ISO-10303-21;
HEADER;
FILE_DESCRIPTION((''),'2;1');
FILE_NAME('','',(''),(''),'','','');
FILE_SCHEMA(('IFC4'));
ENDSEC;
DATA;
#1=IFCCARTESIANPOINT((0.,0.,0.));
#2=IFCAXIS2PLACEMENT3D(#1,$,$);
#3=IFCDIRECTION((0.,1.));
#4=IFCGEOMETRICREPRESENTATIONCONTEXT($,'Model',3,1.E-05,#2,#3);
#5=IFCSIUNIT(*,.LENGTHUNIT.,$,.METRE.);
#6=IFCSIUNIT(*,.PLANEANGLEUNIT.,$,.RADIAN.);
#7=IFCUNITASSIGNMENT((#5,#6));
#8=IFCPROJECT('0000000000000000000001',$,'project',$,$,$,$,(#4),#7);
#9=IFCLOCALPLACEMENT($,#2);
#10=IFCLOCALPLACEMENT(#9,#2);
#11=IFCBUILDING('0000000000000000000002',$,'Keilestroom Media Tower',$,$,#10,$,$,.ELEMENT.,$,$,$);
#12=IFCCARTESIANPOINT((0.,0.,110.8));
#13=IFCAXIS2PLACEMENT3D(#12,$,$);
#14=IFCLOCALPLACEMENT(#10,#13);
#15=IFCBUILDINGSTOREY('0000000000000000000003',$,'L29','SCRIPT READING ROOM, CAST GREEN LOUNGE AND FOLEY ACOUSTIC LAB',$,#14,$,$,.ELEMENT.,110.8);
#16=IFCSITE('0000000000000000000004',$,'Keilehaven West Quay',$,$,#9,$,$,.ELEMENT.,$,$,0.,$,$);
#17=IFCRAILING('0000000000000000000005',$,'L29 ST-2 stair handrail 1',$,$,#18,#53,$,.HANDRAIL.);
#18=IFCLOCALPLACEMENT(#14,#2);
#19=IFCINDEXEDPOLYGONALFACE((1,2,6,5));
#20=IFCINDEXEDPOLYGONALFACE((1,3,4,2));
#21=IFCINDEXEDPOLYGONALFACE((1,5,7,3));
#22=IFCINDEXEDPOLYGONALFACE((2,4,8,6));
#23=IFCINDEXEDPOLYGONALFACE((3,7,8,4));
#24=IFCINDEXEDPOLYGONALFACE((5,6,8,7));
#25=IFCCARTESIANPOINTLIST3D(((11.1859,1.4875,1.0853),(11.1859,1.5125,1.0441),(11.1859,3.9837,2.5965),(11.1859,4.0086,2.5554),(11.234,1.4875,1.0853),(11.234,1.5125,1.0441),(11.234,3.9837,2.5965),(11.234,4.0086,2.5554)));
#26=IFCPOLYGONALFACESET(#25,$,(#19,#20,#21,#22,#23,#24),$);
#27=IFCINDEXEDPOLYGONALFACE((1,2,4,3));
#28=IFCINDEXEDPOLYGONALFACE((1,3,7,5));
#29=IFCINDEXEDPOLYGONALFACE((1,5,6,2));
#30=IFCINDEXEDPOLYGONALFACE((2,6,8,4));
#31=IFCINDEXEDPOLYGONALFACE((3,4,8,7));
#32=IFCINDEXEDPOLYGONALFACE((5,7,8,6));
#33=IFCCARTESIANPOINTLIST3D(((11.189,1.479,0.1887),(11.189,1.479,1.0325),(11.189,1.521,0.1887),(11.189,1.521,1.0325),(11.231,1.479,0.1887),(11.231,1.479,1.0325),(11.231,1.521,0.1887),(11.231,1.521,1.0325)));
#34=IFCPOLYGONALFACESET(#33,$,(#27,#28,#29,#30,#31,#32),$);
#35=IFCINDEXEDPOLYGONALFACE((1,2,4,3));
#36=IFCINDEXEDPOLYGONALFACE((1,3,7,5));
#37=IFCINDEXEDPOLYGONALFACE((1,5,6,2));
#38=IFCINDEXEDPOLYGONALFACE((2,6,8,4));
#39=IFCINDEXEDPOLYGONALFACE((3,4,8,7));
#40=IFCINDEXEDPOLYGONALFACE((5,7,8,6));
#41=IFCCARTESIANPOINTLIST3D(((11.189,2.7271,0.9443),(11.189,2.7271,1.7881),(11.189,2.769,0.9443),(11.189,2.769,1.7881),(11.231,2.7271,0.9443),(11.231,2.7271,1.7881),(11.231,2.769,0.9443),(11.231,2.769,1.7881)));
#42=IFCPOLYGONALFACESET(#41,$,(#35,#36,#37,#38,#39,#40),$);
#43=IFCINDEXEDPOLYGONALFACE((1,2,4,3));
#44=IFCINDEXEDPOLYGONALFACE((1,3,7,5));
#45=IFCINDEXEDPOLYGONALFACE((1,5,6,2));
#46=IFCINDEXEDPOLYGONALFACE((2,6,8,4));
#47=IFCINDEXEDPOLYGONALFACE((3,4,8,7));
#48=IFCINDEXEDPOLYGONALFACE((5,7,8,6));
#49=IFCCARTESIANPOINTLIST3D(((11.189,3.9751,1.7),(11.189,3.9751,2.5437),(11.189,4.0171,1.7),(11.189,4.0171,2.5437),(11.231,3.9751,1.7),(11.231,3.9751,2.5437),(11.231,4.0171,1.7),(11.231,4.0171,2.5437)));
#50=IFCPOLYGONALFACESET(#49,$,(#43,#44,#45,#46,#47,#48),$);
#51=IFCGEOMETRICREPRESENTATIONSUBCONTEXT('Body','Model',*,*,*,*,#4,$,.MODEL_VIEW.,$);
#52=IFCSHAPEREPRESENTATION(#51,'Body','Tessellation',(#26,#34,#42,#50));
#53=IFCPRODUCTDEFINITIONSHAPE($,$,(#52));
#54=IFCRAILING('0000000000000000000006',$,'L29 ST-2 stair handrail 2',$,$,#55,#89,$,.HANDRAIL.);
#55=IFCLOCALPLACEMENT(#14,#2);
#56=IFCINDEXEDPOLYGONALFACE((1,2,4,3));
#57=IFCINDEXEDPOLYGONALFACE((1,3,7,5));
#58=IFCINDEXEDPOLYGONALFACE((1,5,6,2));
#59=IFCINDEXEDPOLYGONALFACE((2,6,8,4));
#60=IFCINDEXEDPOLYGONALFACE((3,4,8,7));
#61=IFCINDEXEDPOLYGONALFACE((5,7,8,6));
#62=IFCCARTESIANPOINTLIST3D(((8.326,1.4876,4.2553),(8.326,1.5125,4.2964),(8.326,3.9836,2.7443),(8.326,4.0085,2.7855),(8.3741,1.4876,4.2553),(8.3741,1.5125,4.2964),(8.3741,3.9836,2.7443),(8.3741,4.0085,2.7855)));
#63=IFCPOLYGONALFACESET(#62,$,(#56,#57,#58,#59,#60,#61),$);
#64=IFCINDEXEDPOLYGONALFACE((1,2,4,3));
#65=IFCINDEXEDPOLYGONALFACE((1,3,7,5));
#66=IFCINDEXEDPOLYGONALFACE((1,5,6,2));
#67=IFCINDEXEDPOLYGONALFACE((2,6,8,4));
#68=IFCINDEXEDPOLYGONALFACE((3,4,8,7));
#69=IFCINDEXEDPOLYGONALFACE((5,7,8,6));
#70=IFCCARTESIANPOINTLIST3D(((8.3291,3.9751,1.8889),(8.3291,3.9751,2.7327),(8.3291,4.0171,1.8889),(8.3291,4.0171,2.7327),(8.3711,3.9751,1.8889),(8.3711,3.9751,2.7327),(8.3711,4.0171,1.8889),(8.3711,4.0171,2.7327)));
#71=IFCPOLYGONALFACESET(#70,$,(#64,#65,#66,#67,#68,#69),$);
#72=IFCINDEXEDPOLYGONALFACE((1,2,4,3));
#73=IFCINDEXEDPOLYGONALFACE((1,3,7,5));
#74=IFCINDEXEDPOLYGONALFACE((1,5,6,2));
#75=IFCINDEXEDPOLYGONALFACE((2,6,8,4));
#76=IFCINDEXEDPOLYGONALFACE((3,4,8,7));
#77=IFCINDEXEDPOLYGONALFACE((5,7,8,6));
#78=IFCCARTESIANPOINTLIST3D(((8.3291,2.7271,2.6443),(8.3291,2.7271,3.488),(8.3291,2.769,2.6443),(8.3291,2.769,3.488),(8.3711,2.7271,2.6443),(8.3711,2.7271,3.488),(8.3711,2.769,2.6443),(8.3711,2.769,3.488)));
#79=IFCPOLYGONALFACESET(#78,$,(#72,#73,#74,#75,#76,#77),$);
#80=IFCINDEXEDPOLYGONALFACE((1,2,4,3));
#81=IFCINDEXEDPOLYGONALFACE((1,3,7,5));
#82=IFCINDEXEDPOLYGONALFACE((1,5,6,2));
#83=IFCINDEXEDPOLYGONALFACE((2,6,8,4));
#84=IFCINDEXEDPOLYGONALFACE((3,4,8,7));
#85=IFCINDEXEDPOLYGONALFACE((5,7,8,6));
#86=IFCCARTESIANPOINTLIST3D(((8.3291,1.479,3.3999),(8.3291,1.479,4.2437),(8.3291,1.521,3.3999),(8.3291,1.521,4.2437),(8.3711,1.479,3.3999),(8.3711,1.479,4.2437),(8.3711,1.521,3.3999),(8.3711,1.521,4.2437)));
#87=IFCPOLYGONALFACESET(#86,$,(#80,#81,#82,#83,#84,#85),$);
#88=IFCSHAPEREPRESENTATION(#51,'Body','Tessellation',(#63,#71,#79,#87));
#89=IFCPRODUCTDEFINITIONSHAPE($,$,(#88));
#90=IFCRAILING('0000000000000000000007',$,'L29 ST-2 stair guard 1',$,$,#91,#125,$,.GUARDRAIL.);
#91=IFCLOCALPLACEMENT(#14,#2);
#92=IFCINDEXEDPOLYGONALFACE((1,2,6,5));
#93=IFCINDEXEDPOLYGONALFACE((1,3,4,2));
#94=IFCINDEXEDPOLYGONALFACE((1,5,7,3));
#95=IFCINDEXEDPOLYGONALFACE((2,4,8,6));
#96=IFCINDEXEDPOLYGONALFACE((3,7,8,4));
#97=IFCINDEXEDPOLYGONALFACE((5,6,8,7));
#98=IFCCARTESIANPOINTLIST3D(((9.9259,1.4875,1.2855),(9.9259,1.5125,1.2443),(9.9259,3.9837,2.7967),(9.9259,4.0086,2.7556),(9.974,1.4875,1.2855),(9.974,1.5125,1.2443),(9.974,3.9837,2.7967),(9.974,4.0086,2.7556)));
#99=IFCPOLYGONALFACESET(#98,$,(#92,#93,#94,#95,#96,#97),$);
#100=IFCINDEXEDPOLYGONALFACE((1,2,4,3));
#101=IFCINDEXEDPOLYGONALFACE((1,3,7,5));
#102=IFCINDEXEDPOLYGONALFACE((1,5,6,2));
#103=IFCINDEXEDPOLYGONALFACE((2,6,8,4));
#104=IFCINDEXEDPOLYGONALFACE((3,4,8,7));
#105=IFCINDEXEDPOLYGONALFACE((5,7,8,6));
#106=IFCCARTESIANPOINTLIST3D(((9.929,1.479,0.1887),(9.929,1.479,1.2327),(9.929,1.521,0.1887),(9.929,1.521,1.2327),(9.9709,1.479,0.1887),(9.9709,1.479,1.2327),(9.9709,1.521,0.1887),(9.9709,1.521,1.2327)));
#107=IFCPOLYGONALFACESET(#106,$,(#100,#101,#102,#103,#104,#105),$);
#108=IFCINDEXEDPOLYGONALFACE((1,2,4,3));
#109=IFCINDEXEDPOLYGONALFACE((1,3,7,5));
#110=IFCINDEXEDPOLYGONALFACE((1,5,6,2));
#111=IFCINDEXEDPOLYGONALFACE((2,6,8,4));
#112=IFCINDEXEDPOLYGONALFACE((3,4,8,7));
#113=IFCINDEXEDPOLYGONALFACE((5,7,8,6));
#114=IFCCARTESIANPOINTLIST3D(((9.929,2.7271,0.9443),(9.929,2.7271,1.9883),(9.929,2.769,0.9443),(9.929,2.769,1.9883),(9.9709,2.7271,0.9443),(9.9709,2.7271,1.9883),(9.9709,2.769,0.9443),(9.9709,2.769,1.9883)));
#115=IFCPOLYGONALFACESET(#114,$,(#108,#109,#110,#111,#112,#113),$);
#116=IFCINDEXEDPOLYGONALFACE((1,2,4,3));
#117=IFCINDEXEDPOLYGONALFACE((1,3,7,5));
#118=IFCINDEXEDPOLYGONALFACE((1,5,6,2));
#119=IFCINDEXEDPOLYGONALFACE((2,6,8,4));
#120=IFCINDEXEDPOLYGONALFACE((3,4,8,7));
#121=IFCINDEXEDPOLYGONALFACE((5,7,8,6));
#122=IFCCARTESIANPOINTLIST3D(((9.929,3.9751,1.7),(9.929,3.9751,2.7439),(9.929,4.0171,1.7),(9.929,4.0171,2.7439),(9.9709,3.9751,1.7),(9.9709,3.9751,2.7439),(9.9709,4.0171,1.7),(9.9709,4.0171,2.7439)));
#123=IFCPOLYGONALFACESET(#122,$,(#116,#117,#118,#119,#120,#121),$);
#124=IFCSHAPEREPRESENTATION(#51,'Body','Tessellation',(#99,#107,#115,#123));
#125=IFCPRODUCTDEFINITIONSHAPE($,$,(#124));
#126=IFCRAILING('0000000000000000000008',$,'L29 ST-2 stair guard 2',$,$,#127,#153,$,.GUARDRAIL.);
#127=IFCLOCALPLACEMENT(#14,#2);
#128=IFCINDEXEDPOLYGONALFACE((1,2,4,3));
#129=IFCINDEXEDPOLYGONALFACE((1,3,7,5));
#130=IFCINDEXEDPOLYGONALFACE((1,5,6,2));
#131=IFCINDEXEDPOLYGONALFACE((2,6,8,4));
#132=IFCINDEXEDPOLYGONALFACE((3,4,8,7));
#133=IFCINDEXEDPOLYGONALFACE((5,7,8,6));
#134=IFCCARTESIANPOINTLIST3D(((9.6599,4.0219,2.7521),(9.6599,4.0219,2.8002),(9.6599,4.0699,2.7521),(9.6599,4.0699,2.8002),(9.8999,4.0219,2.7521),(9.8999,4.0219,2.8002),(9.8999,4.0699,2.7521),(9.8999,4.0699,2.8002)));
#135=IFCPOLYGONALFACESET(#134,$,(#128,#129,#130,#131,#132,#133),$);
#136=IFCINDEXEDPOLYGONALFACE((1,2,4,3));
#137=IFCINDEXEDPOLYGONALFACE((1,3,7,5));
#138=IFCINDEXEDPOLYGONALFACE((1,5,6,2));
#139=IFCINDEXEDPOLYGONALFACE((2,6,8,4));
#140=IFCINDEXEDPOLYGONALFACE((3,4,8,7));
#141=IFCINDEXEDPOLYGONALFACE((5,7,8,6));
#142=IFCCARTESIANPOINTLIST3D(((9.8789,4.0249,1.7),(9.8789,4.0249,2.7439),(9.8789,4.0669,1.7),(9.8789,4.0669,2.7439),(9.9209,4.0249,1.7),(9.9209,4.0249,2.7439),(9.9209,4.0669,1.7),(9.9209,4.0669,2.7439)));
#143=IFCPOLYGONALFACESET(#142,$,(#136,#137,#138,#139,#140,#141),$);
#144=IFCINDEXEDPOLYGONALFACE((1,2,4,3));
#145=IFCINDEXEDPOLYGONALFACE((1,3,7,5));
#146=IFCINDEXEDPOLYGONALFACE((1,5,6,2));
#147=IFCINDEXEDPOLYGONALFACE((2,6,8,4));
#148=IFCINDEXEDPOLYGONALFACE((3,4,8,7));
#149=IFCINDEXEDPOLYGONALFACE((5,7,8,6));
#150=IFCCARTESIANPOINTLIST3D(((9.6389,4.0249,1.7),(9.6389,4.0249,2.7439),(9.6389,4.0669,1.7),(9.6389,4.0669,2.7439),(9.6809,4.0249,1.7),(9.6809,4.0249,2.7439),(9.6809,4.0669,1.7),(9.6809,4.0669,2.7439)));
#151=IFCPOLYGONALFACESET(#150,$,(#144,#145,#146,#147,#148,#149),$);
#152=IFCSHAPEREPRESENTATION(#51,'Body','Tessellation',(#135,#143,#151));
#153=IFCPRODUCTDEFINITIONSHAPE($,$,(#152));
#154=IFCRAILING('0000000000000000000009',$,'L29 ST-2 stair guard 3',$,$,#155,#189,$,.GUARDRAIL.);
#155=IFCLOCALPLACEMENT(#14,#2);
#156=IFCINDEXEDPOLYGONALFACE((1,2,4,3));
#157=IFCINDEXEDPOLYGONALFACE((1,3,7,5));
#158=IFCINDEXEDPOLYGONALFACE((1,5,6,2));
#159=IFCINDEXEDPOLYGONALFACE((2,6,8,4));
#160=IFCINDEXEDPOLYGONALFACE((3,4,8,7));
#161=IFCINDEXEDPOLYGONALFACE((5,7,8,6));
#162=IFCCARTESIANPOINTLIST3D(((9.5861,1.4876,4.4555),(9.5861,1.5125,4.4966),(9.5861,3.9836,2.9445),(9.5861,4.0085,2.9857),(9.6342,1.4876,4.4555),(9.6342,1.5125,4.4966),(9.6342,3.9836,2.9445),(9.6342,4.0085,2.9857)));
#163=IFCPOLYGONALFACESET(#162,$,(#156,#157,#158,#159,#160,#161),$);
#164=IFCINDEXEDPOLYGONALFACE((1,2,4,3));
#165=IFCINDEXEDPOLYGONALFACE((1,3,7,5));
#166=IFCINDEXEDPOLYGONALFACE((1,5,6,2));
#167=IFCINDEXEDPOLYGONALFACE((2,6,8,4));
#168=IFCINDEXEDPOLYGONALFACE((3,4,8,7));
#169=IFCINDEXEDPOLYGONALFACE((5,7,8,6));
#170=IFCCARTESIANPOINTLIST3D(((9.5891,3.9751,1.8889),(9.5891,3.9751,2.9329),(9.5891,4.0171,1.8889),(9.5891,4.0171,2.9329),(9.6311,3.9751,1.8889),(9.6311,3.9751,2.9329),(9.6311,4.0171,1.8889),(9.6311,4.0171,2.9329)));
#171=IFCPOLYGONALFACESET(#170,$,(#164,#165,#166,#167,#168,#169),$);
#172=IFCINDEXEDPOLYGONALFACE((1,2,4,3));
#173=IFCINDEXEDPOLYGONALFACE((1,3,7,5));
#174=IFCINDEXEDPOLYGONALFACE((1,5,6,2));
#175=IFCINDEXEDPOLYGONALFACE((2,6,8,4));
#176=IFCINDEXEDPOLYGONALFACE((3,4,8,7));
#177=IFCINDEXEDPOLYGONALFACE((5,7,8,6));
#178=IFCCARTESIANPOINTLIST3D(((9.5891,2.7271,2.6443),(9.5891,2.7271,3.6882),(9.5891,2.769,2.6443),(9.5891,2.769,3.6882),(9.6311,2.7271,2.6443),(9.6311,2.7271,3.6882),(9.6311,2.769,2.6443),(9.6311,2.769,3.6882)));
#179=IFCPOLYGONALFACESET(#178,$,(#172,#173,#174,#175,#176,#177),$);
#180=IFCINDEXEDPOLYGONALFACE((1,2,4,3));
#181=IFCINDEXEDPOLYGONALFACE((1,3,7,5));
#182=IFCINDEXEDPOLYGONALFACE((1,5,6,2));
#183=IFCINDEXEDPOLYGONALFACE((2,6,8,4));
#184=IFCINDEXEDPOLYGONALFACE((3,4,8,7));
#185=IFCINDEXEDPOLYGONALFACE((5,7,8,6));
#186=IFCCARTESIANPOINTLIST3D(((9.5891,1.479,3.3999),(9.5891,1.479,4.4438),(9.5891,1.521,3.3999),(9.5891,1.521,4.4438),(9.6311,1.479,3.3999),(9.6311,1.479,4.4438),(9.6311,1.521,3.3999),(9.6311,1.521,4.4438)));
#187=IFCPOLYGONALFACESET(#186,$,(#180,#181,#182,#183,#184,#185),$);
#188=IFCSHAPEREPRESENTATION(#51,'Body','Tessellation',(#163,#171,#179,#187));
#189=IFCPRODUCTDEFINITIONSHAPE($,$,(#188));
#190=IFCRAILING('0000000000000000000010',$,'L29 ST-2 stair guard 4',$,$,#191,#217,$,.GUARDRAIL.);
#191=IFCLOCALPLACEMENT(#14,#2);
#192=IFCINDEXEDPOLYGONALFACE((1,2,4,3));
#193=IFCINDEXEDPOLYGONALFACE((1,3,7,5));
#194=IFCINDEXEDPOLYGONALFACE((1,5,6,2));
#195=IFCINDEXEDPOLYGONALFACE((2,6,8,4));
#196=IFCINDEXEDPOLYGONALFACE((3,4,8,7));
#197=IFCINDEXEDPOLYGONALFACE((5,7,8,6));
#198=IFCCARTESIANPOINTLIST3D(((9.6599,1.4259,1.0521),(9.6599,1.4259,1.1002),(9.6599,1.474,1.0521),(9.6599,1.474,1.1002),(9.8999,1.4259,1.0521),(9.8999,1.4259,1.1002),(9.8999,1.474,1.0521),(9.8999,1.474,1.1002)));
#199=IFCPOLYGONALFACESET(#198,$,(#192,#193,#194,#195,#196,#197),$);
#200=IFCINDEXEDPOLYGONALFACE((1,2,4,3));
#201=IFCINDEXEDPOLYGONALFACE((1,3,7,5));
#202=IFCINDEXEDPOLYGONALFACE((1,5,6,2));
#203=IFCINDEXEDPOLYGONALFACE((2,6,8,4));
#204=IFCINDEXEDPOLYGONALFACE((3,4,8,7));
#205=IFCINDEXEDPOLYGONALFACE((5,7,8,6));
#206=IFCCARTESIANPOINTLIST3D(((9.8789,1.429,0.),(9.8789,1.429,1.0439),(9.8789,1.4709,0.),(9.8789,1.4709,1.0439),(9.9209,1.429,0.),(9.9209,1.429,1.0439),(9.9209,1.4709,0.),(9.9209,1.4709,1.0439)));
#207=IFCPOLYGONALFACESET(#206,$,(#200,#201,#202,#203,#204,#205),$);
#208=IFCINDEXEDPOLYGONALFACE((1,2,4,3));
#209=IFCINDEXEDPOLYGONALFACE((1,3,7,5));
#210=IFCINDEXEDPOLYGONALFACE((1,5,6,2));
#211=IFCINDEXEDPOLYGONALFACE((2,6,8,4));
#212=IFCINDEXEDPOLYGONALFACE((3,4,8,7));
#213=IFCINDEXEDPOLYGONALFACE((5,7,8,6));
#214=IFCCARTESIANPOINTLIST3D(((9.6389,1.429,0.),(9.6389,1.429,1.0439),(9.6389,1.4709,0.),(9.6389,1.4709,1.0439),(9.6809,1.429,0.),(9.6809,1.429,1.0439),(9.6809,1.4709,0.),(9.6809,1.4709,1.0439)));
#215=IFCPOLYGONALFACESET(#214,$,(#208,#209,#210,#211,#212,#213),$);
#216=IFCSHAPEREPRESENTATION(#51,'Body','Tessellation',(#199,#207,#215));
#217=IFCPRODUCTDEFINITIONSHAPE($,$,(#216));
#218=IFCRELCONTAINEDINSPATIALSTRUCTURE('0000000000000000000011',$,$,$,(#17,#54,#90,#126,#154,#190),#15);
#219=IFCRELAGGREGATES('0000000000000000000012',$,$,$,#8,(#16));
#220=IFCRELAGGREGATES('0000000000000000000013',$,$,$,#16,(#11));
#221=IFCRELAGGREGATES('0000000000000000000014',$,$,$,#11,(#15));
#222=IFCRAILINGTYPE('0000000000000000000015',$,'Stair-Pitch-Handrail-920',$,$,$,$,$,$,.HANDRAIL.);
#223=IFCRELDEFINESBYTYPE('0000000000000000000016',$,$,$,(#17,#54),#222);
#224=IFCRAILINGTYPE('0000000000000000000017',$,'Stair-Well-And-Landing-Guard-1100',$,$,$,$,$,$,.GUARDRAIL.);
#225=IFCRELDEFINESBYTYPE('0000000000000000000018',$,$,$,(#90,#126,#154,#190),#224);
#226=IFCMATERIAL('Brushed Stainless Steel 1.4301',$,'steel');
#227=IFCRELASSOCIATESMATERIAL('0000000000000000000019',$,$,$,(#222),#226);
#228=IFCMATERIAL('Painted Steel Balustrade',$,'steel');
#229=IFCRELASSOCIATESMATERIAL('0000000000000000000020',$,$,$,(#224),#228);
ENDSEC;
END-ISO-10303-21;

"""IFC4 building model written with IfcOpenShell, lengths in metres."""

from ifc_helpers import new_model, si_unit, direction, frame, origin, origin_2d, place, context, subcontext, project, spatial, rectangle, extrude, material, type_object, element, save


model = new_model("IFC4")

# Units and contexts
model_context = context("Model", 3, precision=1e-05, world=origin(), true_north=direction((0.0, 1.0)))
body_context = subcontext(model_context, "Body", "Model", "MODEL_VIEW")
ifc_project = project(units=[si_unit("LENGTHUNIT", "METRE"), si_unit("PLANEANGLEUNIT", "RADIAN")], contexts=[model_context])

# Site, building, storey
site_placement = place(None, origin())
site = spatial("IfcSite", under=ifc_project, at=site_placement, Name="Keilehaven West Quay", CompositionType="ELEMENT", RefElevation=0.0)
building_placement = place(site_placement, origin())
building = spatial("IfcBuilding", under=site, at=building_placement, Name="Keilestroom Media Tower", CompositionType="ELEMENT")
storey_placement = place(building_placement, frame((0.0, 0.0, 110.8)))
storey = spatial("IfcBuildingStorey", under=building, at=storey_placement, Name="L29", Description="SCRIPT READING ROOM, CAST GREEN LOUNGE AND FOLEY ACOUSTIC LAB", CompositionType="ELEMENT", Elevation=110.8)

# Railings
ifc_material_1 = material(Name="Brushed Stainless Steel 1.4301", Category="steel")
railing_type_1 = type_object("IfcRailingType", Name="Stair-Pitch-Handrail-920", PredefinedType="HANDRAIL", material=ifc_material_1)
railing_1_placement = place(storey_placement, frame((11.21, 1.5, 0.1887)))
element("IfcRailing", 1, at=railing_1_placement, inside=storey, type_object=railing_type_1, Name="L29 ST-2 stair handrail 1", PredefinedType="HANDRAIL", context=body_context, shape_type="SweptSolid", body=[
    extrude(rectangle(XDim=0.0481, YDim=0.0481, at=origin_2d()), frame((0.0, 0.0, 0.876), z_axis=(0.0, 0.855434, 0.517912), x_axis=(-1.0, 0.0, 0.0)), (0.0, 0.0, 1.0), 2.918),
    extrude(rectangle(XDim=0.042, YDim=0.042, at=origin_2d()), origin(), (0.0, 0.0, 1.0), 0.8438),
    extrude(rectangle(XDim=0.042, YDim=0.042, at=origin_2d()), frame((0.0, 1.248, 0.7556)), (0.0, 0.0, 1.0), 0.8438),
    extrude(rectangle(XDim=0.042, YDim=0.042, at=origin_2d()), frame((0.0, 2.4961, 1.5112)), (0.0, 0.0, 1.0), 0.8438),
])
railing_2_placement = place(storey_placement, frame((8.3501, 3.9961, 1.8889)))
element("IfcRailing", 2, at=railing_2_placement, inside=storey, type_object=railing_type_1, Name="L29 ST-2 stair handrail 2", PredefinedType="HANDRAIL", context=body_context, shape_type="SweptSolid", body=[
    extrude(rectangle(XDim=0.0481, YDim=0.0481, at=origin_2d()), frame((0.0, 0.0, 0.876), z_axis=(0.0, -0.855471, 0.517851), x_axis=(1.0, 0.0, 0.0)), (0.0, 0.0, 1.0), 2.9177),
    extrude(rectangle(XDim=0.042, YDim=0.042, at=origin_2d()), origin(), (0.0, 0.0, 1.0), 0.8438),
    extrude(rectangle(XDim=0.042, YDim=0.042, at=origin_2d()), frame((0.0, -1.248, 0.7554)), (0.0, 0.0, 1.0), 0.8438),
    extrude(rectangle(XDim=0.042, YDim=0.042, at=origin_2d()), frame((0.0, -2.4961, 1.511)), (0.0, 0.0, 1.0), 0.8438),
])
ifc_material_2 = material(Name="Painted Steel Balustrade", Category="steel")
railing_type_2 = type_object("IfcRailingType", Name="Stair-Well-And-Landing-Guard-1100", PredefinedType="GUARDRAIL", material=ifc_material_2)
railing_3_placement = place(storey_placement, frame((9.95, 1.5, 0.1887)))
element("IfcRailing", 3, at=railing_3_placement, inside=storey, type_object=railing_type_2, Name="L29 ST-2 stair guard 1", PredefinedType="GUARDRAIL", context=body_context, shape_type="SweptSolid", body=[
    extrude(rectangle(XDim=0.0481, YDim=0.0481, at=origin_2d()), frame((0.0, 0.0, 1.0762), z_axis=(0.0, 0.855434, 0.517912), x_axis=(-1.0, 0.0, 0.0)), (0.0, 0.0, 1.0), 2.918),
    extrude(rectangle(XDim=0.042, YDim=0.042, at=origin_2d()), origin(), (0.0, 0.0, 1.0), 1.0439),
    extrude(rectangle(XDim=0.042, YDim=0.042, at=origin_2d()), frame((0.0, 1.248, 0.7556)), (0.0, 0.0, 1.0), 1.0439),
    extrude(rectangle(XDim=0.042, YDim=0.042, at=origin_2d()), frame((0.0, 2.4961, 1.5112)), (0.0, 0.0, 1.0), 1.0439),
])
railing_4_placement = place(storey_placement, frame((9.8999, 4.0459, 1.7)))
element("IfcRailing", 4, at=railing_4_placement, inside=storey, type_object=railing_type_2, Name="L29 ST-2 stair guard 2", PredefinedType="GUARDRAIL", context=body_context, shape_type="SweptSolid", body=[
    extrude(rectangle(XDim=0.0481, YDim=0.0481, at=origin_2d()), frame((0.0, 0.0, 1.0762), z_axis=(-1.0, 0.0, 0.0), x_axis=(0.0, -1.0, 0.0)), (0.0, 0.0, 1.0), 0.24),
    extrude(rectangle(XDim=0.042, YDim=0.042, at=origin_2d()), origin(), (0.0, 0.0, 1.0), 1.0439),
    extrude(rectangle(XDim=0.042, YDim=0.042, at=origin_2d()), frame((-0.24, 0.0, 0.0)), (0.0, 0.0, 1.0), 1.0439),
])
railing_5_placement = place(storey_placement, frame((9.6101, 3.9961, 1.8889)))
element("IfcRailing", 5, at=railing_5_placement, inside=storey, type_object=railing_type_2, Name="L29 ST-2 stair guard 3", PredefinedType="GUARDRAIL", context=body_context, shape_type="SweptSolid", body=[
    extrude(rectangle(XDim=0.0481, YDim=0.0481, at=origin_2d()), frame((0.0, 0.0, 1.0762), z_axis=(0.0, -0.855471, 0.517851), x_axis=(1.0, 0.0, 0.0)), (0.0, 0.0, 1.0), 2.9177),
    extrude(rectangle(XDim=0.042, YDim=0.042, at=origin_2d()), origin(), (0.0, 0.0, 1.0), 1.0439),
    extrude(rectangle(XDim=0.042, YDim=0.042, at=origin_2d()), frame((0.0, -1.248, 0.7554)), (0.0, 0.0, 1.0), 1.0439),
    extrude(rectangle(XDim=0.042, YDim=0.042, at=origin_2d()), frame((0.0, -2.4961, 1.511)), (0.0, 0.0, 1.0), 1.0439),
])
railing_6_placement = place(storey_placement, frame((9.8999, 1.45, 0.0)))
element("IfcRailing", 6, at=railing_6_placement, inside=storey, type_object=railing_type_2, Name="L29 ST-2 stair guard 4", PredefinedType="GUARDRAIL", context=body_context, shape_type="SweptSolid", body=[
    extrude(rectangle(XDim=0.0481, YDim=0.0481, at=origin_2d()), frame((0.0, 0.0, 1.0762), z_axis=(-1.0, 0.0, 0.0), x_axis=(0.0, -1.0, 0.0)), (0.0, 0.0, 1.0), 0.24),
    extrude(rectangle(XDim=0.042, YDim=0.042, at=origin_2d()), origin(), (0.0, 0.0, 1.0), 1.0439),
    extrude(rectangle(XDim=0.042, YDim=0.042, at=origin_2d()), frame((-0.24, 0.0, 0.0)), (0.0, 0.0, 1.0), 1.0439),
])

save(model, "model.ifc")
